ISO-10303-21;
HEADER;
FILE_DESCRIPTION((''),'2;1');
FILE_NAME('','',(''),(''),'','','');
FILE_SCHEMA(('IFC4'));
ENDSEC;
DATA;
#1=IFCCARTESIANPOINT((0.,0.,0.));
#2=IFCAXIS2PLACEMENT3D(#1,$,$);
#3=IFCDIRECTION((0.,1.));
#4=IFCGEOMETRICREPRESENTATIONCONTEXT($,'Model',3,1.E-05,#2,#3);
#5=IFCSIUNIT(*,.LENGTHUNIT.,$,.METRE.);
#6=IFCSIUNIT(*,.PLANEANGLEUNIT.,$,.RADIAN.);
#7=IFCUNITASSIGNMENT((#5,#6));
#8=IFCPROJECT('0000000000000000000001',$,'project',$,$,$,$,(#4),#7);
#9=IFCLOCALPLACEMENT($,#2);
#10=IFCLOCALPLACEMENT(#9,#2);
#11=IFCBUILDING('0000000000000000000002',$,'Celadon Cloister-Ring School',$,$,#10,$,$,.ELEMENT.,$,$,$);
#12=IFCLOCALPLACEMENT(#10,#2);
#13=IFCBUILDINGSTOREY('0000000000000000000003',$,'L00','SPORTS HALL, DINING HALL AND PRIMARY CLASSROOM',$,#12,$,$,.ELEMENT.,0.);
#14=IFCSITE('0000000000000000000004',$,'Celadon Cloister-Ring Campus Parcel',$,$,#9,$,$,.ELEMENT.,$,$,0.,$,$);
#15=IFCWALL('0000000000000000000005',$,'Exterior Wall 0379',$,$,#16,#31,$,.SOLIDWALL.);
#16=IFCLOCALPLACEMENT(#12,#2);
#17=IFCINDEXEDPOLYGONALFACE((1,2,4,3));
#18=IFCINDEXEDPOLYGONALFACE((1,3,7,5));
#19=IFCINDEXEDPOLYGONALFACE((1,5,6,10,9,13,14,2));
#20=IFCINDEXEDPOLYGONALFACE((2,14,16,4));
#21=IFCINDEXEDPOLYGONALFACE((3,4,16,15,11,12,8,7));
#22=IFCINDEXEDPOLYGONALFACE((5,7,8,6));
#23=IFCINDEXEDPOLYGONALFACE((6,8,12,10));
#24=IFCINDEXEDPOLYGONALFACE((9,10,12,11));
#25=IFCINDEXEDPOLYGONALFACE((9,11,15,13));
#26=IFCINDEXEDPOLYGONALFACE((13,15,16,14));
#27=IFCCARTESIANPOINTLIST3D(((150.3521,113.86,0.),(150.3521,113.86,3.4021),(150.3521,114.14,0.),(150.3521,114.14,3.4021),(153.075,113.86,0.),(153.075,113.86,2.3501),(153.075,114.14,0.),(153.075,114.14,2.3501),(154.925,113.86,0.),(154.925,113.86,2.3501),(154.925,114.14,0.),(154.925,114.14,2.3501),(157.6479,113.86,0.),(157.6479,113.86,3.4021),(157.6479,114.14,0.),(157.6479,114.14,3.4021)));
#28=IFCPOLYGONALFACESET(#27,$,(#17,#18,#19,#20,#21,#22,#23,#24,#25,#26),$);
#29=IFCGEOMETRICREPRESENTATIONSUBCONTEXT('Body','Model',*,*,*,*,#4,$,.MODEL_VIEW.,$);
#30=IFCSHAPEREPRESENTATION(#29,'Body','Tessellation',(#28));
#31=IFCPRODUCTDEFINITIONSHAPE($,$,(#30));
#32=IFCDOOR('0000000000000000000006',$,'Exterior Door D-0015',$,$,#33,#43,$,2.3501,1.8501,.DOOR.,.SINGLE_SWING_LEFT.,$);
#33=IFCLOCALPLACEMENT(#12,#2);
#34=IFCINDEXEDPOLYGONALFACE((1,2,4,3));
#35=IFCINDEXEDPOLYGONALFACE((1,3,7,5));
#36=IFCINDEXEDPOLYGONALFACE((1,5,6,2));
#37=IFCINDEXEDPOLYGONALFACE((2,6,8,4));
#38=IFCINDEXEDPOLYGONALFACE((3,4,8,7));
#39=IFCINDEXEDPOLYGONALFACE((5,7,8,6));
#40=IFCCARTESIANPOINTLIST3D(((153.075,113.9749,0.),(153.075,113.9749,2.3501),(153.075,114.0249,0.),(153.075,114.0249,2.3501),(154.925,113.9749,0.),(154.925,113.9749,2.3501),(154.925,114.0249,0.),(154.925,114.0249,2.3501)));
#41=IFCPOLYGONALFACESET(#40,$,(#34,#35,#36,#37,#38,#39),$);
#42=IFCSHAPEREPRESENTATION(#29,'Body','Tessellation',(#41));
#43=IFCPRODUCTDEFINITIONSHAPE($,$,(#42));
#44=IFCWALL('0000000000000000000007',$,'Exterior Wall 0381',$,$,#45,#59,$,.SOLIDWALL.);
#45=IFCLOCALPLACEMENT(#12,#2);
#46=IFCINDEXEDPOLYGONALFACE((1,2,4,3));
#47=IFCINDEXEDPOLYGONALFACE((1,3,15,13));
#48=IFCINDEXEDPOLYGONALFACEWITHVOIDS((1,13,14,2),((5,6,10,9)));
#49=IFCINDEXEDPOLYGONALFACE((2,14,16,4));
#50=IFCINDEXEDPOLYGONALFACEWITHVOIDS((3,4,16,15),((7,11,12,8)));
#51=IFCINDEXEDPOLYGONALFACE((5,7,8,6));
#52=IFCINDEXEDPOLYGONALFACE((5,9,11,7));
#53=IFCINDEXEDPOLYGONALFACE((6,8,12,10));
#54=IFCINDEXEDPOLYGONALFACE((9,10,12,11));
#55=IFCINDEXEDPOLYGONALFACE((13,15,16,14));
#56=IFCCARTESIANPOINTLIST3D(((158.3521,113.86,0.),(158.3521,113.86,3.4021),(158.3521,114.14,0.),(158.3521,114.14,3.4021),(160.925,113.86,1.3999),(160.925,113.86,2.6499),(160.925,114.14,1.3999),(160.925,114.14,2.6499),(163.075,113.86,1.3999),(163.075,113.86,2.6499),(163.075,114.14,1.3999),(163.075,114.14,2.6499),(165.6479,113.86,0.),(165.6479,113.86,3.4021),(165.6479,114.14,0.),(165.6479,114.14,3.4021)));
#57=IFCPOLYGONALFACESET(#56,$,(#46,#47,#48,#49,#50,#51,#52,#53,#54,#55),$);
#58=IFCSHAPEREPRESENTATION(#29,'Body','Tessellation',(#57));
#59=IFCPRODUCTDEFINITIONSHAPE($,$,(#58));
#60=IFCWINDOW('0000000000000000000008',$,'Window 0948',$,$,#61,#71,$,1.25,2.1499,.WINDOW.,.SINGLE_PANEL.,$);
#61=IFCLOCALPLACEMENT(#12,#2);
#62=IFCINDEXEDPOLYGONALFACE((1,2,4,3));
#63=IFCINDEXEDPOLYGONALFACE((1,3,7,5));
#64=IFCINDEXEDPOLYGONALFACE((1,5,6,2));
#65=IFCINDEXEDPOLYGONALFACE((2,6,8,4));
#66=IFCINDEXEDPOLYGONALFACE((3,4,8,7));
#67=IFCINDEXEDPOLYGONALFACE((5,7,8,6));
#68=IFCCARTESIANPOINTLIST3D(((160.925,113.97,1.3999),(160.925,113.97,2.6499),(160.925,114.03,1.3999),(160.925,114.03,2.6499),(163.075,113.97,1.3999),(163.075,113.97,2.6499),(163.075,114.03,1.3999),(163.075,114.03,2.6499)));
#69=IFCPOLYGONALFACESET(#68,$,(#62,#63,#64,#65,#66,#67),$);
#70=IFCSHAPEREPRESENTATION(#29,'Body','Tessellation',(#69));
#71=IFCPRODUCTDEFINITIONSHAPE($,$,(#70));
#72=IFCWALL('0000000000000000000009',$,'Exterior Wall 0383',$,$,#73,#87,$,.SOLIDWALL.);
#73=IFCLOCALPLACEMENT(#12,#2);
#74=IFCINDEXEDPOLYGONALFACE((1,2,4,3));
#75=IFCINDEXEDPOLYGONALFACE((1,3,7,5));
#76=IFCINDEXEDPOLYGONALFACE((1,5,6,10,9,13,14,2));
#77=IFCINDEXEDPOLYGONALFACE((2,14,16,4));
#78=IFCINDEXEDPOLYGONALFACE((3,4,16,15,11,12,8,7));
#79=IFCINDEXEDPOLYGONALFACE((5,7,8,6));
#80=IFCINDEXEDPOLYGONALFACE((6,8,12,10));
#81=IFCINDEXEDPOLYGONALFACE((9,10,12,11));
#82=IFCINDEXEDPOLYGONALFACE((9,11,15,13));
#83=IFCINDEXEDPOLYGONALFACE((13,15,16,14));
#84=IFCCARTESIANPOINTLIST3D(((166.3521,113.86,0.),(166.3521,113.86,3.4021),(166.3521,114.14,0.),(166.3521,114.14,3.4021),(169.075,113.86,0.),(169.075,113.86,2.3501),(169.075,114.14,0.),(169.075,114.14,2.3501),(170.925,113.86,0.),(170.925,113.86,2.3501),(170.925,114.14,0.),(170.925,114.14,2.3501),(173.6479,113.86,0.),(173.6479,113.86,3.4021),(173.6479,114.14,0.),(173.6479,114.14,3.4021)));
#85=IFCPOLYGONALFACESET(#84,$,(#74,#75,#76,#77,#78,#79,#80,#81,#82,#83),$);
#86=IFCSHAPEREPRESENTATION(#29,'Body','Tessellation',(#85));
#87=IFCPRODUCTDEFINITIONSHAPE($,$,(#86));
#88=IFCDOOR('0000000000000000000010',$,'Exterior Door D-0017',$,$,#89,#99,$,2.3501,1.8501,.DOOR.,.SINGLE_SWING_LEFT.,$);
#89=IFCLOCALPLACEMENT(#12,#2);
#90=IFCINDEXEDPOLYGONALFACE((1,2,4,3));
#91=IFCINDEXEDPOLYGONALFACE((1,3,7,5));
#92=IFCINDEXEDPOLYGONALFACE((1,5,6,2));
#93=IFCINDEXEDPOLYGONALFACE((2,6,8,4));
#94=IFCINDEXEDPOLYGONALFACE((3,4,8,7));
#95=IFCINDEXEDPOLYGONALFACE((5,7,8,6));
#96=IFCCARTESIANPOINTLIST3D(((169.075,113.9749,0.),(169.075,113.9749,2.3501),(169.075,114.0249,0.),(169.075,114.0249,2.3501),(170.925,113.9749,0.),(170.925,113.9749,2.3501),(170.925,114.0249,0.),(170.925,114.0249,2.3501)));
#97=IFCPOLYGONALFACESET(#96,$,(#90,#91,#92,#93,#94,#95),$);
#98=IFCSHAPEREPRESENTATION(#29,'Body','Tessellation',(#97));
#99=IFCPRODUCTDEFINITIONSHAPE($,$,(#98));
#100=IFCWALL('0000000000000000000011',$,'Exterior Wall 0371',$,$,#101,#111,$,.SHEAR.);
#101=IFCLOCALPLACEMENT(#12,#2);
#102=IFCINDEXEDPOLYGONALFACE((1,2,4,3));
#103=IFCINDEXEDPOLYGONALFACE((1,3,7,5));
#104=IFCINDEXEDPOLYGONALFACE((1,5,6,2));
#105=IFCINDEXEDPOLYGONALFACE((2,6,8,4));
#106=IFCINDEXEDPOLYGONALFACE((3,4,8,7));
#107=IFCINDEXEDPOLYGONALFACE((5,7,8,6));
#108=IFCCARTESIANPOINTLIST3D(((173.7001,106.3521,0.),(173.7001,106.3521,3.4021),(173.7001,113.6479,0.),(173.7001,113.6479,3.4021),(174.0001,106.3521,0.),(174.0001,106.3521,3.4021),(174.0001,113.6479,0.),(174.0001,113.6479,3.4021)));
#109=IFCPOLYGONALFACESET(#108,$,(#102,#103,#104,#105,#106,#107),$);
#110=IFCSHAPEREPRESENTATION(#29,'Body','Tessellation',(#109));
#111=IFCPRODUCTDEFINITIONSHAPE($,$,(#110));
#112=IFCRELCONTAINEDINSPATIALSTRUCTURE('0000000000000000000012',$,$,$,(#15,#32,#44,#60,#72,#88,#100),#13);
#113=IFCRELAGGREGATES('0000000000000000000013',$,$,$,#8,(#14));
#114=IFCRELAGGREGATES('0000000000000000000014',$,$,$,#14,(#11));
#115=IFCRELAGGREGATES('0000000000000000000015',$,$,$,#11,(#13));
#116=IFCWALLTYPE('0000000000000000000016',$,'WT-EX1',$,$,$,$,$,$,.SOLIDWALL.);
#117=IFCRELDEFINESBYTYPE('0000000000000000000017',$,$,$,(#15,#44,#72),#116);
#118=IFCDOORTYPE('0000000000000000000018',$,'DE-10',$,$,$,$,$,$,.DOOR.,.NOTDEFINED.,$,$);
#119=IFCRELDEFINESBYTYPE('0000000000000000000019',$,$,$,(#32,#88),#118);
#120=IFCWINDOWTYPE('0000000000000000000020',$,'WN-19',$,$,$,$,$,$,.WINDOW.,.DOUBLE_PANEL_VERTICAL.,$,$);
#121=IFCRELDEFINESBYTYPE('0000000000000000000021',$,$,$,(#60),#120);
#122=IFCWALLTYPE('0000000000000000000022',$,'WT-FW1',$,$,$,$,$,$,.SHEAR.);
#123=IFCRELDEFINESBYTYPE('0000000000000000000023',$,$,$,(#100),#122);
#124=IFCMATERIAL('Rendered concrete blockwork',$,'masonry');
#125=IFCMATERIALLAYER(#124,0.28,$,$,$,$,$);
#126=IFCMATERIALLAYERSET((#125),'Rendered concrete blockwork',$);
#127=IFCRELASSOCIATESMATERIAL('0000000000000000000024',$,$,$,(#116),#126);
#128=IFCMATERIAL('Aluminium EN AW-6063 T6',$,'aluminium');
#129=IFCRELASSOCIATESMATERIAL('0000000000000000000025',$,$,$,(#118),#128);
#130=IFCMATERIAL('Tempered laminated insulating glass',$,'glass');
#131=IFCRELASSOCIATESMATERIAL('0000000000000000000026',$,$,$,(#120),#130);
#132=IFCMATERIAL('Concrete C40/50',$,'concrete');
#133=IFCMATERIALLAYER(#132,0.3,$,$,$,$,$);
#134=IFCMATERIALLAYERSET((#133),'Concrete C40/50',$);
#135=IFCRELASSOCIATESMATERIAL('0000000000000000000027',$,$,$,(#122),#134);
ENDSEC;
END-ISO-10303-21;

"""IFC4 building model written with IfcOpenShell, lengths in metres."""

from ifc_helpers import new_model, si_unit, direction, frame, frame_2d, origin, place, context, subcontext, project, spatial, rectangle, extrude, material, layer, layer_set, type_object, element, fill, save


model = new_model("IFC4")

# Units and contexts
model_context = context("Model", 3, precision=1e-05, world=origin(), true_north=direction((0.0, 1.0)))
body_context = subcontext(model_context, "Body", "Model", "MODEL_VIEW")
ifc_project = project(units=[si_unit("LENGTHUNIT", "METRE"), si_unit("PLANEANGLEUNIT", "RADIAN")], contexts=[model_context])

# Site, building, storey
site_placement = place(None, origin())
site = spatial("IfcSite", under=ifc_project, at=site_placement, Name="Celadon Cloister-Ring Campus Parcel", CompositionType="ELEMENT", RefElevation=0.0)
building_placement = place(site_placement, origin())
building = spatial("IfcBuilding", under=site, at=building_placement, Name="Celadon Cloister-Ring School", CompositionType="ELEMENT")
storey_placement = place(building_placement, origin())
storey = spatial("IfcBuildingStorey", under=building, at=storey_placement, Name="L00", Description="SPORTS HALL, DINING HALL AND PRIMARY CLASSROOM", CompositionType="ELEMENT", Elevation=0.0)

# Wall, opening, door
ifc_material_1 = material(Name="Rendered concrete blockwork", Category="masonry")
ifc_layer_1 = layer(ifc_material_1, 0.28)
ifc_layer_set_1 = layer_set([ifc_layer_1], Name="Rendered concrete blockwork")
wall_type_1 = type_object("IfcWallType", Name="WT-EX1", PredefinedType="SOLIDWALL", material=ifc_layer_set_1)
wall_1_placement = place(storey_placement, frame((150.3521, 114.0, 0.0), z_axis=(0.0, 0.0, 1.0), x_axis=(1.0, 0.0, 0.0)))
wall_1 = element("IfcWall", 1, at=wall_1_placement, inside=storey, type_object=wall_type_1, Name="Exterior Wall 0379", PredefinedType="SOLIDWALL", context=body_context, shape_type="SweptSolid", body=[
    extrude(rectangle(XDim=7.2959, YDim=0.28, at=frame_2d((3.6479, 0.0))), origin(), (0.0, 0.0, 1.0), 3.4021),
])
opening_1_placement = place(wall_1_placement, frame((2.7229, 0.0, 0.0)))
opening_1 = element("IfcOpeningElement", 2, at=opening_1_placement, cuts=wall_1, PredefinedType="OPENING", context=body_context, shape_type="SweptSolid", body=[
    extrude(rectangle(XDim=1.8501, YDim=2.3501, at=frame_2d((0.925, 1.175))), frame((0.0, 0.1499, 0.0), z_axis=(0.0, -1.0, 0.0), x_axis=(1.0, 0.0, 0.0)), (0.0, 0.0, 1.0), 0.3),
])
ifc_material_2 = material(Name="Aluminium EN AW-6063 T6", Category="aluminium")
door_type = type_object("IfcDoorType", Name="DE-10", OperationType="NOTDEFINED", PredefinedType="DOOR", material=ifc_material_2)
door_1_placement = place(opening_1_placement, origin())
door_1 = element("IfcDoor", 3, at=door_1_placement, inside=storey, type_object=door_type, Name="Exterior Door D-0015", OperationType="SINGLE_SWING_LEFT", OverallHeight=2.3501, OverallWidth=1.8501, PredefinedType="DOOR", context=body_context, shape_type="SweptSolid", body=[
    extrude(rectangle(XDim=1.8501, YDim=2.3501, at=frame_2d((0.925, 1.175))), frame((0.0, 0.0249, 0.0), z_axis=(0.0, -1.0, 0.0), x_axis=(1.0, 0.0, 0.0)), (0.0, 0.0, 1.0), 0.05),
])
fill(opening_1, door_1)

# Wall, opening, window
wall_2_placement = place(storey_placement, frame((158.3521, 114.0, 0.0), z_axis=(0.0, 0.0, 1.0), x_axis=(1.0, 0.0, 0.0)))
wall_2 = element("IfcWall", 4, at=wall_2_placement, inside=storey, type_object=wall_type_1, Name="Exterior Wall 0381", PredefinedType="SOLIDWALL", context=body_context, shape_type="SweptSolid", body=[
    extrude(rectangle(XDim=7.2959, YDim=0.28, at=frame_2d((3.6479, 0.0))), origin(), (0.0, 0.0, 1.0), 3.4021),
])
opening_2_placement = place(wall_2_placement, frame((2.573, 0.0, 1.3999)))
opening_2 = element("IfcOpeningElement", 5, at=opening_2_placement, cuts=wall_2, PredefinedType="OPENING", context=body_context, shape_type="SweptSolid", body=[
    extrude(rectangle(XDim=2.1499, YDim=1.25, at=frame_2d((1.075, 0.625))), frame((0.0, 0.1499, 0.0), z_axis=(0.0, -1.0, 0.0), x_axis=(1.0, 0.0, 0.0)), (0.0, 0.0, 1.0), 0.3),
])
ifc_material_3 = material(Name="Tempered laminated insulating glass", Category="glass")
window_type = type_object("IfcWindowType", Name="WN-19", PartitioningType="DOUBLE_PANEL_VERTICAL", PredefinedType="WINDOW", material=ifc_material_3)
window_placement = place(opening_2_placement, origin())
window = element("IfcWindow", 6, at=window_placement, inside=storey, type_object=window_type, Name="Window 0948", OverallHeight=1.25, OverallWidth=2.1499, PartitioningType="SINGLE_PANEL", PredefinedType="WINDOW", context=body_context, shape_type="SweptSolid", body=[
    extrude(rectangle(XDim=2.1499, YDim=1.25, at=frame_2d((1.075, 0.625))), frame((0.0, 0.03, 0.0), z_axis=(0.0, -1.0, 0.0), x_axis=(1.0, 0.0, 0.0)), (0.0, 0.0, 1.0), 0.0601),
])
fill(opening_2, window)

# Wall, opening, door
wall_3_placement = place(storey_placement, frame((166.3521, 114.0, 0.0), z_axis=(0.0, 0.0, 1.0), x_axis=(1.0, 0.0, 0.0)))
wall_3 = element("IfcWall", 7, at=wall_3_placement, inside=storey, type_object=wall_type_1, Name="Exterior Wall 0383", PredefinedType="SOLIDWALL", context=body_context, shape_type="SweptSolid", body=[
    extrude(rectangle(XDim=7.2959, YDim=0.28, at=frame_2d((3.6479, 0.0))), origin(), (0.0, 0.0, 1.0), 3.4021),
])
opening_3_placement = place(wall_3_placement, frame((2.7229, 0.0, 0.0)))
opening_3 = element("IfcOpeningElement", 8, at=opening_3_placement, cuts=wall_3, PredefinedType="OPENING", context=body_context, shape_type="SweptSolid", body=[
    extrude(rectangle(XDim=1.8501, YDim=2.3501, at=frame_2d((0.925, 1.175))), frame((0.0, 0.1499, 0.0), z_axis=(0.0, -1.0, 0.0), x_axis=(1.0, 0.0, 0.0)), (0.0, 0.0, 1.0), 0.3),
])
door_2_placement = place(opening_3_placement, origin())
door_2 = element("IfcDoor", 9, at=door_2_placement, inside=storey, type_object=door_type, Name="Exterior Door D-0017", OperationType="SINGLE_SWING_LEFT", OverallHeight=2.3501, OverallWidth=1.8501, PredefinedType="DOOR", context=body_context, shape_type="SweptSolid", body=[
    extrude(rectangle(XDim=1.8501, YDim=2.3501, at=frame_2d((0.925, 1.175))), frame((0.0, 0.0249, 0.0), z_axis=(0.0, -1.0, 0.0), x_axis=(1.0, 0.0, 0.0)), (0.0, 0.0, 1.0), 0.05),
])
fill(opening_3, door_2)

# Wall
ifc_material_4 = material(Name="Concrete C40/50", Category="concrete")
ifc_layer_2 = layer(ifc_material_4, 0.3)
ifc_layer_set_2 = layer_set([ifc_layer_2], Name="Concrete C40/50")
wall_type_2 = type_object("IfcWallType", Name="WT-FW1", PredefinedType="SHEAR", material=ifc_layer_set_2)
wall_4_placement = place(storey_placement, frame((173.8501, 113.6479, 0.0), z_axis=(0.0, 0.0, 1.0), x_axis=(0.0, -1.0, 0.0)))
element("IfcWall", 10, at=wall_4_placement, inside=storey, type_object=wall_type_2, Name="Exterior Wall 0371", PredefinedType="SHEAR", context=body_context, shape_type="SweptSolid", body=[
    extrude(rectangle(XDim=7.2959, YDim=0.3, at=frame_2d((3.6479, 0.0))), origin(), (0.0, 0.0, 1.0), 3.4021),
])

save(model, "model.ifc")
